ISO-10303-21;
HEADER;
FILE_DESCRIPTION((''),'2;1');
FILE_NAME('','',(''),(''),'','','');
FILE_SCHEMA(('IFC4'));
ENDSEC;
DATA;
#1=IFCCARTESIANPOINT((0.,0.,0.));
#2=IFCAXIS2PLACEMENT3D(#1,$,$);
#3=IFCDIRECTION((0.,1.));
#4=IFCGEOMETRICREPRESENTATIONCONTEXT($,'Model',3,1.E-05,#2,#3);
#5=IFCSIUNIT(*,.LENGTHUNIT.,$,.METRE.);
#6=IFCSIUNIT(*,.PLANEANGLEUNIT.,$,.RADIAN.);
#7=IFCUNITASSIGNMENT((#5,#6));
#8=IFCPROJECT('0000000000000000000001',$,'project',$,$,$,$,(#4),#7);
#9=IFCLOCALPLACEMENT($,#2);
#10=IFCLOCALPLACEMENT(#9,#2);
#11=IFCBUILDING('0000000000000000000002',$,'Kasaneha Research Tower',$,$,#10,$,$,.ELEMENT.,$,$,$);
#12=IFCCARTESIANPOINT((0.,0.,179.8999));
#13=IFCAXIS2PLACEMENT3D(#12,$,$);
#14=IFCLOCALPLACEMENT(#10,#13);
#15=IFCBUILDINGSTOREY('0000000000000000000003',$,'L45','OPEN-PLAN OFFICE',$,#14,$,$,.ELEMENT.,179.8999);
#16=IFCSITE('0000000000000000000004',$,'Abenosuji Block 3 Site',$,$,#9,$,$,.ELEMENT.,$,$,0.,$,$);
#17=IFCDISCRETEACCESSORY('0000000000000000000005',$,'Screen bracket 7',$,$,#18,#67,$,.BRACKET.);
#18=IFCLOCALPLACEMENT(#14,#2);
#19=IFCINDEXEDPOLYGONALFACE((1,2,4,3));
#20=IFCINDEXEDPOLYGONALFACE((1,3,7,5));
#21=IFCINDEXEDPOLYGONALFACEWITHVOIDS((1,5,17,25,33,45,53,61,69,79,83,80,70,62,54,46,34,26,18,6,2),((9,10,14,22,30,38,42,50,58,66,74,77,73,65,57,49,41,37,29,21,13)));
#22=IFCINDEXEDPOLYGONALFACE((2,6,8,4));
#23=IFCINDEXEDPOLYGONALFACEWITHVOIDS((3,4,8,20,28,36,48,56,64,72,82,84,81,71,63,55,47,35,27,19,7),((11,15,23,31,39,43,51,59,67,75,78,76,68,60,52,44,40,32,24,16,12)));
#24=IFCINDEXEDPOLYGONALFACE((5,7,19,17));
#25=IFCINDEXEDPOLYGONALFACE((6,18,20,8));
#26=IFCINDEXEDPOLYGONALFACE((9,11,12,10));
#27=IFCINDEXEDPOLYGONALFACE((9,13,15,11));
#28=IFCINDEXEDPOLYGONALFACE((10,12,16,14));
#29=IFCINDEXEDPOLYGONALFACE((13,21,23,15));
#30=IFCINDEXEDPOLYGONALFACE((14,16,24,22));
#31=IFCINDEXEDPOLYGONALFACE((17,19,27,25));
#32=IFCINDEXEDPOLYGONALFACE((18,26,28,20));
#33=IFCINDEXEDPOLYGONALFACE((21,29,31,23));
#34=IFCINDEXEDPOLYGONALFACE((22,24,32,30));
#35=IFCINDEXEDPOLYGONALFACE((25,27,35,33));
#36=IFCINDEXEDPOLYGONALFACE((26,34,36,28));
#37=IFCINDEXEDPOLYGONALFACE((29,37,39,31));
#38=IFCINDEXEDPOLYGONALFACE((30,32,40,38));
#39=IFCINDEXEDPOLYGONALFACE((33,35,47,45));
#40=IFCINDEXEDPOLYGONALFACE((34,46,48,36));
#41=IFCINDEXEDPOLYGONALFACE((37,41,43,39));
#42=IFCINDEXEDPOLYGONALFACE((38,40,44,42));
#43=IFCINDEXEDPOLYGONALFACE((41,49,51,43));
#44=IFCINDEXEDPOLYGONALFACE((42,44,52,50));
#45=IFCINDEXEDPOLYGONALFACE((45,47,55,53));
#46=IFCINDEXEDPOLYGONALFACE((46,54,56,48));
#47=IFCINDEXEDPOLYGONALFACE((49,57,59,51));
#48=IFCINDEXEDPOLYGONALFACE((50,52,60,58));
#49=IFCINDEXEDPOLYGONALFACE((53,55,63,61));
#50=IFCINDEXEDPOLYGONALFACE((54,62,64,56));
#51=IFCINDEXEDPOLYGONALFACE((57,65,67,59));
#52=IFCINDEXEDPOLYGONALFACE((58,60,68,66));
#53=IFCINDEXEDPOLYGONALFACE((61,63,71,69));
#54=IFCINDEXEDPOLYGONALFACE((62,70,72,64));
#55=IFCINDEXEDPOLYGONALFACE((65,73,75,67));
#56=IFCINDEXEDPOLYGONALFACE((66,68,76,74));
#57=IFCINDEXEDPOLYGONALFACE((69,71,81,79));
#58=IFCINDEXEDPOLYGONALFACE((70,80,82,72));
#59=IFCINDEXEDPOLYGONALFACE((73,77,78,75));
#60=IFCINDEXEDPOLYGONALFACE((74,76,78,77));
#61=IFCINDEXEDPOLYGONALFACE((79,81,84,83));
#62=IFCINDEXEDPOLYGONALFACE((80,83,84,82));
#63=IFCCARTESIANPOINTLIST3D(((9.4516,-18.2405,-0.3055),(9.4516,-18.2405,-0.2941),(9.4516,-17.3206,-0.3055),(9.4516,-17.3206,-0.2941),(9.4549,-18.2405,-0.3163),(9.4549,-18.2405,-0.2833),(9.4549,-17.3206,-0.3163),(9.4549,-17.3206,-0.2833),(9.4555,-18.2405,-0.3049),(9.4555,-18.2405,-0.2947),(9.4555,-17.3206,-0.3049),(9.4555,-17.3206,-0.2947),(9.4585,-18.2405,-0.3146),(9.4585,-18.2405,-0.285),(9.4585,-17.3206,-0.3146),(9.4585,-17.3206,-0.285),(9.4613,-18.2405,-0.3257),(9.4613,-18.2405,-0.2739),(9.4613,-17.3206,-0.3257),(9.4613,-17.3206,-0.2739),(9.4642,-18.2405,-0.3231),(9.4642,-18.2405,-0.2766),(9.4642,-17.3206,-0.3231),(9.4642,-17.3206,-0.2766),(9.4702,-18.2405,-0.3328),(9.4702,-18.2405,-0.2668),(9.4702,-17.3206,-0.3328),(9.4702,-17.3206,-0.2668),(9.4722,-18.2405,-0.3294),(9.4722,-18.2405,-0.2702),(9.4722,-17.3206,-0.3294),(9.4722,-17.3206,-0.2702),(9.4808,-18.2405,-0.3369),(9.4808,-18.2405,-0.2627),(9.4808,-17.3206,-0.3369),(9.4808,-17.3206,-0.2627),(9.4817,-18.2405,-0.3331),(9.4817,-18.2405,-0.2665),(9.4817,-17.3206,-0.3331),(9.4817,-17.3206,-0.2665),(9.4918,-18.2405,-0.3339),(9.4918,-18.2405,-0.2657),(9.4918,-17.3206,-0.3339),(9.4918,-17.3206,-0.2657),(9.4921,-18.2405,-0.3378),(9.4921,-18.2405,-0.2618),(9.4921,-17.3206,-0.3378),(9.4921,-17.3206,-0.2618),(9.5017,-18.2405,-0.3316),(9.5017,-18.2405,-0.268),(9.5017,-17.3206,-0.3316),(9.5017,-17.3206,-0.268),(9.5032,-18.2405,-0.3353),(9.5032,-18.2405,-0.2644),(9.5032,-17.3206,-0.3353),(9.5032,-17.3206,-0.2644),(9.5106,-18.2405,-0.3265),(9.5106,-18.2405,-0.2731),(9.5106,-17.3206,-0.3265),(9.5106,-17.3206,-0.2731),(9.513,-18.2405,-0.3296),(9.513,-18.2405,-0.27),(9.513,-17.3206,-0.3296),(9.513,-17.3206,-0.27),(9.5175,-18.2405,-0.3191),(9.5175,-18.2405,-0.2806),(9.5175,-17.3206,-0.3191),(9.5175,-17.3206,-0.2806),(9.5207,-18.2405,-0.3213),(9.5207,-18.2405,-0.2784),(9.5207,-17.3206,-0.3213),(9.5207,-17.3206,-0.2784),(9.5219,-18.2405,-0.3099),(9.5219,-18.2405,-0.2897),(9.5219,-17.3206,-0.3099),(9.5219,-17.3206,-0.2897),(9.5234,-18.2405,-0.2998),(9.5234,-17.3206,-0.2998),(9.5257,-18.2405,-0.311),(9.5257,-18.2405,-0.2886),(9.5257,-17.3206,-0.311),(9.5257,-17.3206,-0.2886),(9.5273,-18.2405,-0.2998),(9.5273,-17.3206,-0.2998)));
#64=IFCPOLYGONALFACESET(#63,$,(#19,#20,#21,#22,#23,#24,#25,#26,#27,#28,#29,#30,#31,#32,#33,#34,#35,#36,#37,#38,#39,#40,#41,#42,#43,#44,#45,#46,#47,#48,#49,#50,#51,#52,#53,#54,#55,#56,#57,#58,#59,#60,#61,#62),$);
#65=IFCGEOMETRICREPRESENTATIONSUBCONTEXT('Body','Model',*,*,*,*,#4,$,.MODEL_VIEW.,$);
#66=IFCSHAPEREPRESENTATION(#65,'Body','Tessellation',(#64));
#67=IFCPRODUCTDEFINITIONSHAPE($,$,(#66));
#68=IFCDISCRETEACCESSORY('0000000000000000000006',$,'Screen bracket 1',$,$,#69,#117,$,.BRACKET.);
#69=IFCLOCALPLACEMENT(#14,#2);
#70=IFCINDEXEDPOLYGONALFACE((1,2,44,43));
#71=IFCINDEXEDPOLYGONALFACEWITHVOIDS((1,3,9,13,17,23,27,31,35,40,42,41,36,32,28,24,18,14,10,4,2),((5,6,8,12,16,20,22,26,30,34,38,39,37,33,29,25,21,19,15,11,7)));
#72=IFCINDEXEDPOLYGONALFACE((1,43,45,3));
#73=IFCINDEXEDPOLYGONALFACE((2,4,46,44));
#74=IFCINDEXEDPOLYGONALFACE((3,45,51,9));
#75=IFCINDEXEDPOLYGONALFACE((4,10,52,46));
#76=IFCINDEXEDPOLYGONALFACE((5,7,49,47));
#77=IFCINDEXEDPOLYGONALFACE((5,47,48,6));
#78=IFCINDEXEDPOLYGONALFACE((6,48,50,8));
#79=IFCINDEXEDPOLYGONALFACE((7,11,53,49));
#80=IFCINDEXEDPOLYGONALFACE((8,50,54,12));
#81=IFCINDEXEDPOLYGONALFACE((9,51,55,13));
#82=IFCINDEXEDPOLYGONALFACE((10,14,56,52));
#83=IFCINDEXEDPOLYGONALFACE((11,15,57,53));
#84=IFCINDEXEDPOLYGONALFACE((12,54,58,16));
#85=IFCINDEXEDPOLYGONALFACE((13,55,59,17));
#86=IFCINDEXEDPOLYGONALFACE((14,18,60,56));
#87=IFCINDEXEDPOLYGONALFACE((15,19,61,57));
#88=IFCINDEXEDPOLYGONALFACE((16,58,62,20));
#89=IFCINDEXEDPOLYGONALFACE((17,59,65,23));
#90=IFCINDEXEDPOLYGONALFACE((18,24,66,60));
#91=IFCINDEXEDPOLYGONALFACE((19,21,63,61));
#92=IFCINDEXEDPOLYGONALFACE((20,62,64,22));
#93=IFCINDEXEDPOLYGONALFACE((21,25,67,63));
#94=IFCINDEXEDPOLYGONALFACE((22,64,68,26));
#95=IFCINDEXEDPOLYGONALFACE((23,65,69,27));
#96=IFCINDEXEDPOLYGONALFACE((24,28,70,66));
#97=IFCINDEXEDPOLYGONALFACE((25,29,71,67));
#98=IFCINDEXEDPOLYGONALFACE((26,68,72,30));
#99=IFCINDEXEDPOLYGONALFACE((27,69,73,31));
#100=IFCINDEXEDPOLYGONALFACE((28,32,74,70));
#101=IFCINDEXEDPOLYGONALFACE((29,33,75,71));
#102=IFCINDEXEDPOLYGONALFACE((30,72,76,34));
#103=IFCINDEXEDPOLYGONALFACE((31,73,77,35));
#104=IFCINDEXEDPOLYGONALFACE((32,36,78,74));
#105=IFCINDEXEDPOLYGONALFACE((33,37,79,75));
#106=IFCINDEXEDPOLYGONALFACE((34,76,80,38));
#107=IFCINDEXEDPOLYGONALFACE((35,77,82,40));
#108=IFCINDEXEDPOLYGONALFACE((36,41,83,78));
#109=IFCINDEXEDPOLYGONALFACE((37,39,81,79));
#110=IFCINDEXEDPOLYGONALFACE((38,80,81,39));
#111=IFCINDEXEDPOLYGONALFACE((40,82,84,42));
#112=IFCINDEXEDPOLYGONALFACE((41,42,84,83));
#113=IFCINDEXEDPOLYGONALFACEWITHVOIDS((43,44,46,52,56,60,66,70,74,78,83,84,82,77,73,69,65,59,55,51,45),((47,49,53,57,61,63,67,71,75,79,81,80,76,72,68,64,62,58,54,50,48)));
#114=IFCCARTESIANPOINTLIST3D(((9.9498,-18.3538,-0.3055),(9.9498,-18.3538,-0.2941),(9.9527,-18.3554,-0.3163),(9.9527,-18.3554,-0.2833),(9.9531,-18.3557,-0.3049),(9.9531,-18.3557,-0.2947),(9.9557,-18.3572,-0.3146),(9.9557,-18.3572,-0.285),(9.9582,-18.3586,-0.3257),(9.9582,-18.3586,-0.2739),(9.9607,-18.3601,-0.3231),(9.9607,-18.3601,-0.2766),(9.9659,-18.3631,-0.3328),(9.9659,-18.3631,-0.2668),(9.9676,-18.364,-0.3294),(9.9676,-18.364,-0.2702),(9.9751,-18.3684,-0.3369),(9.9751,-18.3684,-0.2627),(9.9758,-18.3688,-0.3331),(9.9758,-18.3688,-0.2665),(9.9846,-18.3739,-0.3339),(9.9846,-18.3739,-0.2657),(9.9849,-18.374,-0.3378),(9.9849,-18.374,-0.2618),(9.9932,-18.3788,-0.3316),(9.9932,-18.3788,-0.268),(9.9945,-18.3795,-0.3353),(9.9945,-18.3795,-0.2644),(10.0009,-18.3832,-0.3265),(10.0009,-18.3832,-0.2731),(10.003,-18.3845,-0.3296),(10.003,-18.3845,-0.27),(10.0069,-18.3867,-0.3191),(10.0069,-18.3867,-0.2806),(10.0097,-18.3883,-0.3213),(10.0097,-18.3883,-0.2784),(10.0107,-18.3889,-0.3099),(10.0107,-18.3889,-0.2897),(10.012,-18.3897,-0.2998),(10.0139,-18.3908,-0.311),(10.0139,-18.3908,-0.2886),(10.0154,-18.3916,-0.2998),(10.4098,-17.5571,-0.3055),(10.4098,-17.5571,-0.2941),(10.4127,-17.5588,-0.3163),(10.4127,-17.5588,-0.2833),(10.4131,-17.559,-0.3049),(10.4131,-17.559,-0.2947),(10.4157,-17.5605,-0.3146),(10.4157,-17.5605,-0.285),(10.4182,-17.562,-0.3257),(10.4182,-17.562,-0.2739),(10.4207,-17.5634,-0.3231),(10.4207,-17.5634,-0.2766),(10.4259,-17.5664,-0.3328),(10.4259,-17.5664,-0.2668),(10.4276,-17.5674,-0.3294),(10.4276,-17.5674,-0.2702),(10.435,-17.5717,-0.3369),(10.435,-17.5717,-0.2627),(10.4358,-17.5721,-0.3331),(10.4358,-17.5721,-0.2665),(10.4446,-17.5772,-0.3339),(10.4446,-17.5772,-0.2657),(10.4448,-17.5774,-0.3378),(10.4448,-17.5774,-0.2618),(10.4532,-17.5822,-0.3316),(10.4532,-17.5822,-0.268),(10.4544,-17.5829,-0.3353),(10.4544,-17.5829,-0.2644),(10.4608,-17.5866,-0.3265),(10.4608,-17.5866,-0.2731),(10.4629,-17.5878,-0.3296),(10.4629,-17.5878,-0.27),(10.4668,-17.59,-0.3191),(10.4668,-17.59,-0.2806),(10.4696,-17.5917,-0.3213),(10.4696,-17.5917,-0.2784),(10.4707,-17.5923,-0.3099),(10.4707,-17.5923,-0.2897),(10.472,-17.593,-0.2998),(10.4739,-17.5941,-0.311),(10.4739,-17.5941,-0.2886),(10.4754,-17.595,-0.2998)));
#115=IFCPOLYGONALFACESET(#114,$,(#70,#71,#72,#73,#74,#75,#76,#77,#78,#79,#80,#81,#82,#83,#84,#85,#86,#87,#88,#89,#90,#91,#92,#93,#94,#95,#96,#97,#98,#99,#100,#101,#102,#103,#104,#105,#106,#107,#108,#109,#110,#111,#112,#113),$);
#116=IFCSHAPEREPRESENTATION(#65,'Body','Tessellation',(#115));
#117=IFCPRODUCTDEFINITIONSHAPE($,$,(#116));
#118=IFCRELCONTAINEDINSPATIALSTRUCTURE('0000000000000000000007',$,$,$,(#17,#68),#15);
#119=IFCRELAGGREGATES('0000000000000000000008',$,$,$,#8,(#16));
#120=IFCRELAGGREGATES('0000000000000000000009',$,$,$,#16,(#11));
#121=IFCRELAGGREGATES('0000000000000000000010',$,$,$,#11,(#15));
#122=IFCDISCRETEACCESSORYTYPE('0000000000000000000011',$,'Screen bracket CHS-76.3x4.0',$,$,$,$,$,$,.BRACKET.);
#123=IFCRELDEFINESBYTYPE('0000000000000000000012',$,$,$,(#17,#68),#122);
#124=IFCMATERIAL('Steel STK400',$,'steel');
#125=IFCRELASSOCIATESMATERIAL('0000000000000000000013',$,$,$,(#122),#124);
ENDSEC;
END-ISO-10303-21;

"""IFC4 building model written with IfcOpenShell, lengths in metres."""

from ifc_helpers import new_model, si_unit, direction, frame, origin, origin_2d, place, context, subcontext, project, spatial, hollow_circle, extrude, material, material_profile, profile_set, type_object, element, save


model = new_model("IFC4")

# Units and contexts
model_context = context("Model", 3, precision=1e-05, world=origin(), true_north=direction((0.0, 1.0)))
body_context = subcontext(model_context, "Body", "Model", "MODEL_VIEW")
ifc_project = project(units=[si_unit("LENGTHUNIT", "METRE"), si_unit("PLANEANGLEUNIT", "RADIAN")], contexts=[model_context])

# Site, building, storey
site_placement = place(None, origin())
site = spatial("IfcSite", under=ifc_project, at=site_placement, Name="Abenosuji Block 3 Site", CompositionType="ELEMENT", RefElevation=0.0)
building_placement = place(site_placement, origin())
building = spatial("IfcBuilding", under=site, at=building_placement, Name="Kasaneha Research Tower", CompositionType="ELEMENT")
storey_placement = place(building_placement, frame((0.0, 0.0, 179.8999)))
storey = spatial("IfcBuildingStorey", under=building, at=storey_placement, Name="L45", Description="OPEN-PLAN OFFICE", CompositionType="ELEMENT", Elevation=179.8999)

# Discrete accessories
ifc_material_1 = material(Name="Steel STK400", Category="steel")
ifc_material_profile_1 = material_profile(ifc_material_1, hollow_circle(Radius=0.0381, WallThickness=0.0039, at=origin_2d()), Name="CHS-76.3x4.0")
ifc_profile_set_1 = profile_set([ifc_material_profile_1], Name="Steel STK400")
discrete_accessory_type = type_object("IfcDiscreteAccessoryType", Name="Screen bracket CHS-76.3x4.0", PredefinedType="BRACKET", material=ifc_profile_set_1)
for number, where, z_axis, x_axis, name in (
    (1, (9.4893, -17.3206, -0.2998), (0.0, -1.0, 0.0), (1.0, 0.0, 0.0), "Screen bracket 7"),
    (2, (10.4424, -17.5759, -0.2998), (-0.500021, -0.866013, 0.0), (0.866013, -0.500021, 0.0), "Screen bracket 1"),
):
    element("IfcDiscreteAccessory", number, at=place(storey_placement, frame(where, z_axis=z_axis, x_axis=x_axis)), inside=storey, type_object=discrete_accessory_type, Name=name, PredefinedType="BRACKET", context=body_context, shape_type="SweptSolid", body=[
        extrude(hollow_circle(Radius=0.0381, WallThickness=0.0039, at=origin_2d()), origin(), (0.0, 0.0, 1.0), 0.9199),
    ])

save(model, "model.ifc")
